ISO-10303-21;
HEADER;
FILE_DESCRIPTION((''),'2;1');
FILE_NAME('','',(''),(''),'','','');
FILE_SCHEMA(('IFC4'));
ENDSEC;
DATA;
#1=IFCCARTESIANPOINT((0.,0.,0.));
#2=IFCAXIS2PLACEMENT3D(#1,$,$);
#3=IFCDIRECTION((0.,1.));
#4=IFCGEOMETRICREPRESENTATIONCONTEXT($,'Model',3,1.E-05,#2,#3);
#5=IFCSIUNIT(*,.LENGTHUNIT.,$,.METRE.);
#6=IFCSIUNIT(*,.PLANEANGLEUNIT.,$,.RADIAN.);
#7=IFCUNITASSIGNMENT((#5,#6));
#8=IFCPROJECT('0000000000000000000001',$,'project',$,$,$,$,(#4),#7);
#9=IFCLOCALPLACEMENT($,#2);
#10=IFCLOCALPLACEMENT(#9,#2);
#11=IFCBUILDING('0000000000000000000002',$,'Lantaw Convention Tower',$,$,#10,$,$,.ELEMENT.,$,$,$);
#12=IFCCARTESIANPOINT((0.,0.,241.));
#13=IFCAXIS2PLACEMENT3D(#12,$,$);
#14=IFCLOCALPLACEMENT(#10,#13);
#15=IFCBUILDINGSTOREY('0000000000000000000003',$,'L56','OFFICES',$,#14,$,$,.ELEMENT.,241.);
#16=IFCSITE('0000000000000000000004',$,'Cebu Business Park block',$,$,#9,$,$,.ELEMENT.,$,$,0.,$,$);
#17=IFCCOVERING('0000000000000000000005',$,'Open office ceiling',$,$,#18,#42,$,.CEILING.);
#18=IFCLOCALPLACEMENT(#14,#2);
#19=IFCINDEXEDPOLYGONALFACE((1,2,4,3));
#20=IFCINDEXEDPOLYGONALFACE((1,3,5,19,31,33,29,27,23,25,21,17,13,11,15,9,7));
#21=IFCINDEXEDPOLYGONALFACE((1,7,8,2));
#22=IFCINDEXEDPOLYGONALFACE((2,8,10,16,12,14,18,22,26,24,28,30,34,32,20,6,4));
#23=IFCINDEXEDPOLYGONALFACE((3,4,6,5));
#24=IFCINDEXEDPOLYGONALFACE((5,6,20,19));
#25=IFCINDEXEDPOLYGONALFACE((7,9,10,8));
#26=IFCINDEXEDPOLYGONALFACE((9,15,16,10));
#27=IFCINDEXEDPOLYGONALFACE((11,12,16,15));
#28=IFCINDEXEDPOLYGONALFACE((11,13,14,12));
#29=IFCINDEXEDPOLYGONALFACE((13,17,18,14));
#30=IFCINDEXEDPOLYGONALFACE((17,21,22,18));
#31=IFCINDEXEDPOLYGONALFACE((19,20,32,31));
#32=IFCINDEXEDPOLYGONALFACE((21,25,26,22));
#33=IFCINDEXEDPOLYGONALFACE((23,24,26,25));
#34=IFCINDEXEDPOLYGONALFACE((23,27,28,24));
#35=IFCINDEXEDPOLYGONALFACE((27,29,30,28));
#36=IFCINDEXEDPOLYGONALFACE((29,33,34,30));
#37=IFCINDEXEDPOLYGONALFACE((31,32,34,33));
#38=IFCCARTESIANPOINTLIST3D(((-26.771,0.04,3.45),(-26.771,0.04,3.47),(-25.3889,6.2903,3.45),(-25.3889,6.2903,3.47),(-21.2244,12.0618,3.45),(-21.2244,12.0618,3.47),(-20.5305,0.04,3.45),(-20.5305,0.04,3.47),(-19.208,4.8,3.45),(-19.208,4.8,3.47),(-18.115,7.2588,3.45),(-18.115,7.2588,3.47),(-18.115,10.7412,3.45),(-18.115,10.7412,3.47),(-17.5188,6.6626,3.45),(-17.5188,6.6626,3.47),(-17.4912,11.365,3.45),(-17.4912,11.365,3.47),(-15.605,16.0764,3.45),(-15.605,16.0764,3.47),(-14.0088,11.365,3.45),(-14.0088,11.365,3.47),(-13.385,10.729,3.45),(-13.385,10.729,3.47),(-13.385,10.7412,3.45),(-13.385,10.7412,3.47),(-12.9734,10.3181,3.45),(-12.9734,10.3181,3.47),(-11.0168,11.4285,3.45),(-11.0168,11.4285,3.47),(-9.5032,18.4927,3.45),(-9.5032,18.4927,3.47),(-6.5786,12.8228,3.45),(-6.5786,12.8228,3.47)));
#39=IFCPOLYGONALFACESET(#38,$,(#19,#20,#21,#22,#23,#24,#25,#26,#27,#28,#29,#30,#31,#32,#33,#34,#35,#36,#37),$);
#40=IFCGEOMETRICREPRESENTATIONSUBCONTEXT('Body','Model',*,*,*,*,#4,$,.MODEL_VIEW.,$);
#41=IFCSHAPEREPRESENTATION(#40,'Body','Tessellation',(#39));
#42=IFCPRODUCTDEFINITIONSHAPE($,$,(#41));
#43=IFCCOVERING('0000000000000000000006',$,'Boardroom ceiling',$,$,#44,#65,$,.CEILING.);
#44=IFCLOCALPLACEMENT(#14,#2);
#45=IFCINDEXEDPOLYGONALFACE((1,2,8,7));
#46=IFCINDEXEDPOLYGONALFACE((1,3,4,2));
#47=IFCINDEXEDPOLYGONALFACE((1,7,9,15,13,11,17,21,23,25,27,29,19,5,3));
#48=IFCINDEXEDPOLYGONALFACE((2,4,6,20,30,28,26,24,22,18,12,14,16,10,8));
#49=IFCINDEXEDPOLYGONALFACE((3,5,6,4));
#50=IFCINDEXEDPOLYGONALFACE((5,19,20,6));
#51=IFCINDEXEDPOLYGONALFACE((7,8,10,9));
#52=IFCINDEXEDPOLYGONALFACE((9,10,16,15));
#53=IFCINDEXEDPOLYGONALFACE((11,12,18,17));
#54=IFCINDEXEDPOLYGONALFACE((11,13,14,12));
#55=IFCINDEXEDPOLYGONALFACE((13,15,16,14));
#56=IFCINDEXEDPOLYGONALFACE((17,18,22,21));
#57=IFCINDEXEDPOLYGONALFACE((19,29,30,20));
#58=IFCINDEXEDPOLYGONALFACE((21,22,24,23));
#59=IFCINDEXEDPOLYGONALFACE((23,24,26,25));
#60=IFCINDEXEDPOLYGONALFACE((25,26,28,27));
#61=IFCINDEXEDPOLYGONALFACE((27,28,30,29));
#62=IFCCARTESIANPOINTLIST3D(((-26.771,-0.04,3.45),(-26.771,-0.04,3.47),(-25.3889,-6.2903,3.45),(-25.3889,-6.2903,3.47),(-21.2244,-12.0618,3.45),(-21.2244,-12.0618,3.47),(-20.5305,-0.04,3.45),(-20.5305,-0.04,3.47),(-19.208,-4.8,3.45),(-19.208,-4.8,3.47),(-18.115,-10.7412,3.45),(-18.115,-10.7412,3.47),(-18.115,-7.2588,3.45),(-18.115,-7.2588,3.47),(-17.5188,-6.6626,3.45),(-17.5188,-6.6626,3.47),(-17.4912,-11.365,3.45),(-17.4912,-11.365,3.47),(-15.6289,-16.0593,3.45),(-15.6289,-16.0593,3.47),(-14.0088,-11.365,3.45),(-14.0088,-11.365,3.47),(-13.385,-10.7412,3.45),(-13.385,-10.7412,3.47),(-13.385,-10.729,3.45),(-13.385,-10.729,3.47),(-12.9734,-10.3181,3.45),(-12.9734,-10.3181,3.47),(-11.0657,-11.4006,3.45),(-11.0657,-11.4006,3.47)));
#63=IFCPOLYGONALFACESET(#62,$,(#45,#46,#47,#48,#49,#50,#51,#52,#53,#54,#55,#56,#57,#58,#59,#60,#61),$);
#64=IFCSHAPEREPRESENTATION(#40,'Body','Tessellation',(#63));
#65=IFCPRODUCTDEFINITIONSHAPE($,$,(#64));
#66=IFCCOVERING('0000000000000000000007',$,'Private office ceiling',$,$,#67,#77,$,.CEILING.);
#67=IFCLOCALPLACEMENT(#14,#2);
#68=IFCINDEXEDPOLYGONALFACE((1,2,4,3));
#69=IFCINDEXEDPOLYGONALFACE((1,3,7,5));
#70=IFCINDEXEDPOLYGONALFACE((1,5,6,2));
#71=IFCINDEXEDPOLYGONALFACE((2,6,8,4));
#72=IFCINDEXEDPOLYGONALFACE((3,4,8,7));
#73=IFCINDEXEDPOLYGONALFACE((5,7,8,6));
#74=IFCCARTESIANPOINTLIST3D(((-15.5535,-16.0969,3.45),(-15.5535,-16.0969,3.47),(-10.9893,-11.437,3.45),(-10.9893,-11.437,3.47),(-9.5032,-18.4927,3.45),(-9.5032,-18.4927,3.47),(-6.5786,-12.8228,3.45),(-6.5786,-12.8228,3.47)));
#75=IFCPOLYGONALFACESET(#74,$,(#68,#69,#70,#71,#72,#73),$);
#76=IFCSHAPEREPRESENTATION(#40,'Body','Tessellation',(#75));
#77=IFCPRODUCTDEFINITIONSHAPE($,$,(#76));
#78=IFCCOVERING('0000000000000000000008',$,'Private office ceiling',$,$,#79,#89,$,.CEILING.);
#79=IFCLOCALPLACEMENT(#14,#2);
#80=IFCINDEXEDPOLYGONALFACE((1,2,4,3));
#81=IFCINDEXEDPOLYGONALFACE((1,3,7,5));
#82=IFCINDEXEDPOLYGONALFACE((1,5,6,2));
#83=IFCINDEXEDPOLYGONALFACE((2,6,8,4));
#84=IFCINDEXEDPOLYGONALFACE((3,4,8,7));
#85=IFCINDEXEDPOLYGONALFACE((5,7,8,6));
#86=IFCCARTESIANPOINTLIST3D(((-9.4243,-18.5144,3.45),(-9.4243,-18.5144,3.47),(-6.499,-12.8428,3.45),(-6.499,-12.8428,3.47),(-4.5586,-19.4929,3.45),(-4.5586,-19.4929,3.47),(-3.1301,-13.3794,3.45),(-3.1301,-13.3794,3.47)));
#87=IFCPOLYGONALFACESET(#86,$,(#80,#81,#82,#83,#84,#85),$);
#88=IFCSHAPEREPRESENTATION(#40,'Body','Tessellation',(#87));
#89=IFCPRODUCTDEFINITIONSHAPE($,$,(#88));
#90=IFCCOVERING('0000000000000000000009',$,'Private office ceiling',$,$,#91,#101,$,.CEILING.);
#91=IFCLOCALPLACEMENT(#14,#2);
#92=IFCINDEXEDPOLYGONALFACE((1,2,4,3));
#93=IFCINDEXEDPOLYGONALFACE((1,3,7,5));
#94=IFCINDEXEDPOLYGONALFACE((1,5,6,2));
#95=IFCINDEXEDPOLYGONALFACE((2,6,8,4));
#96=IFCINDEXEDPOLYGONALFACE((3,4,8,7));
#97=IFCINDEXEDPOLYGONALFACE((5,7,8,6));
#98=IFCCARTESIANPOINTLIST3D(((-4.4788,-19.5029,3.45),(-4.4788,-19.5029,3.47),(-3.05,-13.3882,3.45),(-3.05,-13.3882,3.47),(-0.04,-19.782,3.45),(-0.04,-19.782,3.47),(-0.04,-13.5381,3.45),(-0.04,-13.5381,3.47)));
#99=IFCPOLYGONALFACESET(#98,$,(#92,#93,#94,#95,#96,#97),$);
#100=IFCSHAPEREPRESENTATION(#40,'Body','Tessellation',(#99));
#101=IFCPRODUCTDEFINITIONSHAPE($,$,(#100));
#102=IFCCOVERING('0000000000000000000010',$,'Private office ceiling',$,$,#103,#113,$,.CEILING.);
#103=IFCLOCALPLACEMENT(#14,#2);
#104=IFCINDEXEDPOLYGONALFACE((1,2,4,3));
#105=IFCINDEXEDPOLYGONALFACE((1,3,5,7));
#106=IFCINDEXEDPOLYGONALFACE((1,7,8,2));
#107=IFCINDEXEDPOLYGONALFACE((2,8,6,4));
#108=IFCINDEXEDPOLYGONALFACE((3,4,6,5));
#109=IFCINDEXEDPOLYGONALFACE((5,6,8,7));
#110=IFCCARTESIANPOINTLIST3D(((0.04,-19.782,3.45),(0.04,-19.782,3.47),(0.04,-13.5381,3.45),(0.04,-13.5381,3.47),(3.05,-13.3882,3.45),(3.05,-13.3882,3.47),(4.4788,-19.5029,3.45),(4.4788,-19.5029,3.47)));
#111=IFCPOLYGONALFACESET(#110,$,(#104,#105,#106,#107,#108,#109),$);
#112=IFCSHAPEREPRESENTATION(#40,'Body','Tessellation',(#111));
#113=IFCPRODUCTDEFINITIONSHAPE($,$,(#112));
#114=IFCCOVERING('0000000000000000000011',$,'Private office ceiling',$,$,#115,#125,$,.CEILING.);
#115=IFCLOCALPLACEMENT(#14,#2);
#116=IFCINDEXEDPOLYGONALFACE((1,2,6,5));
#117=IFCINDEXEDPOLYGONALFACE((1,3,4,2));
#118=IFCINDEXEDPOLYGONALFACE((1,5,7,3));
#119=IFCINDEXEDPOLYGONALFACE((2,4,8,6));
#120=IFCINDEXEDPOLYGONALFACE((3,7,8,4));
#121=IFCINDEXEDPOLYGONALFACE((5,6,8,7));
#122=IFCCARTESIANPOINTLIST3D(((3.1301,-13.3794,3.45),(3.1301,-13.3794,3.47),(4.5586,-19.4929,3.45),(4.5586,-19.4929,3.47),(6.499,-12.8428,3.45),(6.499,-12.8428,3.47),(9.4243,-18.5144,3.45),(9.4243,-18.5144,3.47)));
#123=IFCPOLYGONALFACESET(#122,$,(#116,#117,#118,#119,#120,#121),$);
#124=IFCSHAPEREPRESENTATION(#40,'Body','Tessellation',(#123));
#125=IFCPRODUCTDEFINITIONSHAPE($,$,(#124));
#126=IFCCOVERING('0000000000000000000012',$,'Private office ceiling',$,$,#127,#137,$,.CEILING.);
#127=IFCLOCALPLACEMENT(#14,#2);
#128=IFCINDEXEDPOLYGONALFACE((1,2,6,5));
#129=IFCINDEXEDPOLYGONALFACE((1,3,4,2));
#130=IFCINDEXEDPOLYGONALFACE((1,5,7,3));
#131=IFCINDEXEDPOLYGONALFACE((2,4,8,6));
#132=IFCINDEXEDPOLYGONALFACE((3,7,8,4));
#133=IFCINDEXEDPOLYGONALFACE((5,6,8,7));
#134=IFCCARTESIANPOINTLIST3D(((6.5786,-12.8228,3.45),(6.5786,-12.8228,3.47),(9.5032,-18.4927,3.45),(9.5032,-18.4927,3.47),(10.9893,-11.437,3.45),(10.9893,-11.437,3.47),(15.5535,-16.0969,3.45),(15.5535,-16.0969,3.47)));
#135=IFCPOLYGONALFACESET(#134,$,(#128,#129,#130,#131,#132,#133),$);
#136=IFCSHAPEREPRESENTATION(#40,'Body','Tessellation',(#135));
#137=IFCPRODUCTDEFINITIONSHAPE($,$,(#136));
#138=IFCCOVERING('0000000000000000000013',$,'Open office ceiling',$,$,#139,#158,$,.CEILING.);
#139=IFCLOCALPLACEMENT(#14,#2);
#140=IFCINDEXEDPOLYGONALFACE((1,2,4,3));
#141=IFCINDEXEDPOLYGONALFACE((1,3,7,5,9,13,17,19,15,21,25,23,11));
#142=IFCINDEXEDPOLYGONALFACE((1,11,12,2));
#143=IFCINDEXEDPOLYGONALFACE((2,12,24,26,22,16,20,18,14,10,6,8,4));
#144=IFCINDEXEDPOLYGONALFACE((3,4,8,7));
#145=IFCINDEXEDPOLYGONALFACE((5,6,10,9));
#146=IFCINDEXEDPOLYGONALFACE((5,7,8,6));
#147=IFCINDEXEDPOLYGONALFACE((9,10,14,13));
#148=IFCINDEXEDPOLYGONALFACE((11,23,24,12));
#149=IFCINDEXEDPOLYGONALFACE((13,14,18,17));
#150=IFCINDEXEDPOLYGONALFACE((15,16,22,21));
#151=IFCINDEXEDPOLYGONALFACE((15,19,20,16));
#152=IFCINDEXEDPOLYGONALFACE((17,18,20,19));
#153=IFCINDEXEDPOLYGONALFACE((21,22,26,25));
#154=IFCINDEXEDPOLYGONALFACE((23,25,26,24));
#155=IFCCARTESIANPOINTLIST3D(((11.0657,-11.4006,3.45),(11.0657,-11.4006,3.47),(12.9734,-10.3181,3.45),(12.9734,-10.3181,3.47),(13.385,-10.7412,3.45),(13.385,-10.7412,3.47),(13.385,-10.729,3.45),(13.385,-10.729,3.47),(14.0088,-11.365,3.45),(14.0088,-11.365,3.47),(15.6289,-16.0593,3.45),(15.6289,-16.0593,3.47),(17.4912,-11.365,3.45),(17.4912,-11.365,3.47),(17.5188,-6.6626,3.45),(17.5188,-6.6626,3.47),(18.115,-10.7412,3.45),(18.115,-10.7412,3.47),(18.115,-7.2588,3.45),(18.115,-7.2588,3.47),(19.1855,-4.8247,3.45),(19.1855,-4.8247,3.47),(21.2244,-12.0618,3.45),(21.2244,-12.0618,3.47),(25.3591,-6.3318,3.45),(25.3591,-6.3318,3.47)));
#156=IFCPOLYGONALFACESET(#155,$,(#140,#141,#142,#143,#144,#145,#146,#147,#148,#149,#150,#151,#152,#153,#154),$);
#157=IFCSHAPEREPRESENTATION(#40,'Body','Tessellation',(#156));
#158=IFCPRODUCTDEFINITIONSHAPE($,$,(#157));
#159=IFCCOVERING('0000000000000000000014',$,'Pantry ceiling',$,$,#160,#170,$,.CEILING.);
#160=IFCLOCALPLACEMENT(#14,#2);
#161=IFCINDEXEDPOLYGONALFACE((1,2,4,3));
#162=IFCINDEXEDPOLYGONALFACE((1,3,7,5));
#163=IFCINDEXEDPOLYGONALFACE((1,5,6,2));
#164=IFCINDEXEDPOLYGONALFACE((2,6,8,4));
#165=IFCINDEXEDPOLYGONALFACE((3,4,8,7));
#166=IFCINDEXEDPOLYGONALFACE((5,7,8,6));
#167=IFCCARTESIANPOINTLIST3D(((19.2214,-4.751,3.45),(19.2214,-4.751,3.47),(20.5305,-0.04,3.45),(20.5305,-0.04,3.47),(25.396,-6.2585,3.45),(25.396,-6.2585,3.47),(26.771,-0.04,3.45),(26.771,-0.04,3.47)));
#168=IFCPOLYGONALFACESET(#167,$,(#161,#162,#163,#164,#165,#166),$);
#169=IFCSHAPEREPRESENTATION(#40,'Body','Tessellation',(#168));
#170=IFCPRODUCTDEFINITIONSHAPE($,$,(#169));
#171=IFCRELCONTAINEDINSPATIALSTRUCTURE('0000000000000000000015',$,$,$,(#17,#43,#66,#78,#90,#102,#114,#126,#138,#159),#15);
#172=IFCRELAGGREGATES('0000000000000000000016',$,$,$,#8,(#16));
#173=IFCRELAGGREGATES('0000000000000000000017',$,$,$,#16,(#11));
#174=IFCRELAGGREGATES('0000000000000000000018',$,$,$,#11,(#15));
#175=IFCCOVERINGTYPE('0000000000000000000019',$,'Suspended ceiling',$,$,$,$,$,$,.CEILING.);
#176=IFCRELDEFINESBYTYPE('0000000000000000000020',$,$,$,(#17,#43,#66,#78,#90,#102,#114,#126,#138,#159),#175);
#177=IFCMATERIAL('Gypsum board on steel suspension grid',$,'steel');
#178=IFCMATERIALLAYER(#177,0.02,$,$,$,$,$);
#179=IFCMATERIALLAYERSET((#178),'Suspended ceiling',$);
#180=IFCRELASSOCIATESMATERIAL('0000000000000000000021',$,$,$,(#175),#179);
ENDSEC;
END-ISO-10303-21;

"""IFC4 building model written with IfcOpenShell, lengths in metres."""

from ifc_helpers import new_model, si_unit, direction, frame, origin, place, context, subcontext, project, spatial, polyline, outline, extrude, material, layer, layer_set, type_object, element, save


model = new_model("IFC4")

# Units and contexts
model_context = context("Model", 3, precision=1e-05, world=origin(), true_north=direction((0.0, 1.0)))
body_context = subcontext(model_context, "Body", "Model", "MODEL_VIEW")
ifc_project = project(units=[si_unit("LENGTHUNIT", "METRE"), si_unit("PLANEANGLEUNIT", "RADIAN")], contexts=[model_context])

# Site, building, storey
site_placement = place(None, origin())
site = spatial("IfcSite", under=ifc_project, at=site_placement, Name="Cebu Business Park block", CompositionType="ELEMENT", RefElevation=0.0)
building_placement = place(site_placement, origin())
building = spatial("IfcBuilding", under=site, at=building_placement, Name="Lantaw Convention Tower", CompositionType="ELEMENT")
storey_placement = place(building_placement, frame((0.0, 0.0, 241.0)))
storey = spatial("IfcBuildingStorey", under=building, at=storey_placement, Name="L56", Description="OFFICES", CompositionType="ELEMENT", Elevation=241.0)

# Coverings
ifc_material_1 = material(Name="Gypsum board on steel suspension grid", Category="steel")
ifc_layer_1 = layer(ifc_material_1, 0.02)
ifc_layer_set_1 = layer_set([ifc_layer_1], Name="Suspended ceiling")
covering_type = type_object("IfcCoveringType", Name="Suspended ceiling", PredefinedType="CEILING", material=ifc_layer_set_1)
covering_1_placement = place(storey_placement, frame((0.0, 0.0, 3.45)))
element("IfcCovering", 1, at=covering_1_placement, inside=storey, type_object=covering_type, Name="Open office ceiling", PredefinedType="CEILING", context=body_context, shape_type="SweptSolid", body=[
    extrude(outline(polyline([(-17.5188, 6.6626), (-18.115, 7.2588), (-18.115, 10.7412), (-17.4912, 11.365), (-14.0088, 11.365), (-13.385, 10.7412), (-13.385, 10.729), (-12.9734, 10.3181), (-11.0168, 11.4285), (-6.5786, 12.8228), (-9.5032, 18.4927), (-15.605, 16.0764), (-21.2244, 12.0618), (-25.3889, 6.2903), (-26.771, 0.04), (-20.5305, 0.04), (-19.208, 4.8), (-17.5188, 6.6626)])), origin(), (0.0, 0.0, 1.0), 0.02),
])
covering_2_placement = place(storey_placement, frame((0.0, 0.0, 3.45)))
element("IfcCovering", 2, at=covering_2_placement, inside=storey, type_object=covering_type, Name="Boardroom ceiling", PredefinedType="CEILING", context=body_context, shape_type="SweptSolid", body=[
    extrude(outline(polyline([(-17.5188, -6.6626), (-19.208, -4.8), (-20.5305, -0.04), (-26.771, -0.04), (-25.3889, -6.2903), (-21.2244, -12.0618), (-15.6289, -16.0593), (-11.0657, -11.4006), (-12.9734, -10.3181), (-13.385, -10.729), (-13.385, -10.7412), (-14.0088, -11.365), (-17.4912, -11.365), (-18.115, -10.7412), (-18.115, -7.2588), (-17.5188, -6.6626)])), origin(), (0.0, 0.0, 1.0), 0.02),
])
covering_3_placement = place(storey_placement, frame((0.0, 0.0, 3.45)))
element("IfcCovering", 3, at=covering_3_placement, inside=storey, type_object=covering_type, Name="Private office ceiling", PredefinedType="CEILING", context=body_context, shape_type="SweptSolid", body=[
    extrude(outline(polyline([(-10.9893, -11.437), (-15.5535, -16.0969), (-9.5032, -18.4927), (-6.5786, -12.8228), (-10.9893, -11.437)])), origin(), (0.0, 0.0, 1.0), 0.02),
])
covering_4_placement = place(storey_placement, frame((0.0, 0.0, 3.45)))
element("IfcCovering", 4, at=covering_4_placement, inside=storey, type_object=covering_type, Name="Private office ceiling", PredefinedType="CEILING", context=body_context, shape_type="SweptSolid", body=[
    extrude(outline(polyline([(-6.499, -12.8428), (-9.4243, -18.5144), (-4.5586, -19.4929), (-3.1301, -13.3794), (-6.499, -12.8428)])), origin(), (0.0, 0.0, 1.0), 0.02),
])
covering_5_placement = place(storey_placement, frame((0.0, 0.0, 3.45)))
element("IfcCovering", 5, at=covering_5_placement, inside=storey, type_object=covering_type, Name="Private office ceiling", PredefinedType="CEILING", context=body_context, shape_type="SweptSolid", body=[
    extrude(outline(polyline([(-3.05, -13.3882), (-4.4788, -19.5029), (-0.04, -19.782), (-0.04, -13.5381), (-3.05, -13.3882)])), origin(), (0.0, 0.0, 1.0), 0.02),
])
covering_6_placement = place(storey_placement, frame((0.0, 0.0, 3.45)))
element("IfcCovering", 6, at=covering_6_placement, inside=storey, type_object=covering_type, Name="Private office ceiling", PredefinedType="CEILING", context=body_context, shape_type="SweptSolid", body=[
    extrude(outline(polyline([(0.04, -13.5381), (0.04, -19.782), (4.4788, -19.5029), (3.05, -13.3882), (0.04, -13.5381)])), origin(), (0.0, 0.0, 1.0), 0.02),
])
covering_7_placement = place(storey_placement, frame((0.0, 0.0, 3.45)))
element("IfcCovering", 7, at=covering_7_placement, inside=storey, type_object=covering_type, Name="Private office ceiling", PredefinedType="CEILING", context=body_context, shape_type="SweptSolid", body=[
    extrude(outline(polyline([(3.1301, -13.3794), (4.5586, -19.4929), (9.4243, -18.5144), (6.499, -12.8428), (3.1301, -13.3794)])), origin(), (0.0, 0.0, 1.0), 0.02),
])
covering_8_placement = place(storey_placement, frame((0.0, 0.0, 3.45)))
element("IfcCovering", 8, at=covering_8_placement, inside=storey, type_object=covering_type, Name="Private office ceiling", PredefinedType="CEILING", context=body_context, shape_type="SweptSolid", body=[
    extrude(outline(polyline([(6.5786, -12.8228), (9.5032, -18.4927), (15.5535, -16.0969), (10.9893, -11.437), (6.5786, -12.8228)])), origin(), (0.0, 0.0, 1.0), 0.02),
])
covering_9_placement = place(storey_placement, frame((0.0, 0.0, 3.45)))
element("IfcCovering", 9, at=covering_9_placement, inside=storey, type_object=covering_type, Name="Open office ceiling", PredefinedType="CEILING", context=body_context, shape_type="SweptSolid", body=[
    extrude(outline(polyline([(13.385, -10.7412), (13.385, -10.729), (12.9734, -10.3181), (11.0657, -11.4006), (15.6289, -16.0593), (21.2244, -12.0618), (25.3591, -6.3318), (19.1855, -4.8247), (17.5188, -6.6626), (18.115, -7.2588), (18.115, -10.7412), (17.4912, -11.365), (14.0088, -11.365), (13.385, -10.7412)])), origin(), (0.0, 0.0, 1.0), 0.02),
])
covering_10_placement = place(storey_placement, frame((0.0, 0.0, 3.45)))
element("IfcCovering", 10, at=covering_10_placement, inside=storey, type_object=covering_type, Name="Pantry ceiling", PredefinedType="CEILING", context=body_context, shape_type="SweptSolid", body=[
    extrude(outline(polyline([(19.2214, -4.751), (25.396, -6.2585), (26.771, -0.04), (20.5305, -0.04), (19.2214, -4.751)])), origin(), (0.0, 0.0, 1.0), 0.02),
])

save(model, "model.ifc")
